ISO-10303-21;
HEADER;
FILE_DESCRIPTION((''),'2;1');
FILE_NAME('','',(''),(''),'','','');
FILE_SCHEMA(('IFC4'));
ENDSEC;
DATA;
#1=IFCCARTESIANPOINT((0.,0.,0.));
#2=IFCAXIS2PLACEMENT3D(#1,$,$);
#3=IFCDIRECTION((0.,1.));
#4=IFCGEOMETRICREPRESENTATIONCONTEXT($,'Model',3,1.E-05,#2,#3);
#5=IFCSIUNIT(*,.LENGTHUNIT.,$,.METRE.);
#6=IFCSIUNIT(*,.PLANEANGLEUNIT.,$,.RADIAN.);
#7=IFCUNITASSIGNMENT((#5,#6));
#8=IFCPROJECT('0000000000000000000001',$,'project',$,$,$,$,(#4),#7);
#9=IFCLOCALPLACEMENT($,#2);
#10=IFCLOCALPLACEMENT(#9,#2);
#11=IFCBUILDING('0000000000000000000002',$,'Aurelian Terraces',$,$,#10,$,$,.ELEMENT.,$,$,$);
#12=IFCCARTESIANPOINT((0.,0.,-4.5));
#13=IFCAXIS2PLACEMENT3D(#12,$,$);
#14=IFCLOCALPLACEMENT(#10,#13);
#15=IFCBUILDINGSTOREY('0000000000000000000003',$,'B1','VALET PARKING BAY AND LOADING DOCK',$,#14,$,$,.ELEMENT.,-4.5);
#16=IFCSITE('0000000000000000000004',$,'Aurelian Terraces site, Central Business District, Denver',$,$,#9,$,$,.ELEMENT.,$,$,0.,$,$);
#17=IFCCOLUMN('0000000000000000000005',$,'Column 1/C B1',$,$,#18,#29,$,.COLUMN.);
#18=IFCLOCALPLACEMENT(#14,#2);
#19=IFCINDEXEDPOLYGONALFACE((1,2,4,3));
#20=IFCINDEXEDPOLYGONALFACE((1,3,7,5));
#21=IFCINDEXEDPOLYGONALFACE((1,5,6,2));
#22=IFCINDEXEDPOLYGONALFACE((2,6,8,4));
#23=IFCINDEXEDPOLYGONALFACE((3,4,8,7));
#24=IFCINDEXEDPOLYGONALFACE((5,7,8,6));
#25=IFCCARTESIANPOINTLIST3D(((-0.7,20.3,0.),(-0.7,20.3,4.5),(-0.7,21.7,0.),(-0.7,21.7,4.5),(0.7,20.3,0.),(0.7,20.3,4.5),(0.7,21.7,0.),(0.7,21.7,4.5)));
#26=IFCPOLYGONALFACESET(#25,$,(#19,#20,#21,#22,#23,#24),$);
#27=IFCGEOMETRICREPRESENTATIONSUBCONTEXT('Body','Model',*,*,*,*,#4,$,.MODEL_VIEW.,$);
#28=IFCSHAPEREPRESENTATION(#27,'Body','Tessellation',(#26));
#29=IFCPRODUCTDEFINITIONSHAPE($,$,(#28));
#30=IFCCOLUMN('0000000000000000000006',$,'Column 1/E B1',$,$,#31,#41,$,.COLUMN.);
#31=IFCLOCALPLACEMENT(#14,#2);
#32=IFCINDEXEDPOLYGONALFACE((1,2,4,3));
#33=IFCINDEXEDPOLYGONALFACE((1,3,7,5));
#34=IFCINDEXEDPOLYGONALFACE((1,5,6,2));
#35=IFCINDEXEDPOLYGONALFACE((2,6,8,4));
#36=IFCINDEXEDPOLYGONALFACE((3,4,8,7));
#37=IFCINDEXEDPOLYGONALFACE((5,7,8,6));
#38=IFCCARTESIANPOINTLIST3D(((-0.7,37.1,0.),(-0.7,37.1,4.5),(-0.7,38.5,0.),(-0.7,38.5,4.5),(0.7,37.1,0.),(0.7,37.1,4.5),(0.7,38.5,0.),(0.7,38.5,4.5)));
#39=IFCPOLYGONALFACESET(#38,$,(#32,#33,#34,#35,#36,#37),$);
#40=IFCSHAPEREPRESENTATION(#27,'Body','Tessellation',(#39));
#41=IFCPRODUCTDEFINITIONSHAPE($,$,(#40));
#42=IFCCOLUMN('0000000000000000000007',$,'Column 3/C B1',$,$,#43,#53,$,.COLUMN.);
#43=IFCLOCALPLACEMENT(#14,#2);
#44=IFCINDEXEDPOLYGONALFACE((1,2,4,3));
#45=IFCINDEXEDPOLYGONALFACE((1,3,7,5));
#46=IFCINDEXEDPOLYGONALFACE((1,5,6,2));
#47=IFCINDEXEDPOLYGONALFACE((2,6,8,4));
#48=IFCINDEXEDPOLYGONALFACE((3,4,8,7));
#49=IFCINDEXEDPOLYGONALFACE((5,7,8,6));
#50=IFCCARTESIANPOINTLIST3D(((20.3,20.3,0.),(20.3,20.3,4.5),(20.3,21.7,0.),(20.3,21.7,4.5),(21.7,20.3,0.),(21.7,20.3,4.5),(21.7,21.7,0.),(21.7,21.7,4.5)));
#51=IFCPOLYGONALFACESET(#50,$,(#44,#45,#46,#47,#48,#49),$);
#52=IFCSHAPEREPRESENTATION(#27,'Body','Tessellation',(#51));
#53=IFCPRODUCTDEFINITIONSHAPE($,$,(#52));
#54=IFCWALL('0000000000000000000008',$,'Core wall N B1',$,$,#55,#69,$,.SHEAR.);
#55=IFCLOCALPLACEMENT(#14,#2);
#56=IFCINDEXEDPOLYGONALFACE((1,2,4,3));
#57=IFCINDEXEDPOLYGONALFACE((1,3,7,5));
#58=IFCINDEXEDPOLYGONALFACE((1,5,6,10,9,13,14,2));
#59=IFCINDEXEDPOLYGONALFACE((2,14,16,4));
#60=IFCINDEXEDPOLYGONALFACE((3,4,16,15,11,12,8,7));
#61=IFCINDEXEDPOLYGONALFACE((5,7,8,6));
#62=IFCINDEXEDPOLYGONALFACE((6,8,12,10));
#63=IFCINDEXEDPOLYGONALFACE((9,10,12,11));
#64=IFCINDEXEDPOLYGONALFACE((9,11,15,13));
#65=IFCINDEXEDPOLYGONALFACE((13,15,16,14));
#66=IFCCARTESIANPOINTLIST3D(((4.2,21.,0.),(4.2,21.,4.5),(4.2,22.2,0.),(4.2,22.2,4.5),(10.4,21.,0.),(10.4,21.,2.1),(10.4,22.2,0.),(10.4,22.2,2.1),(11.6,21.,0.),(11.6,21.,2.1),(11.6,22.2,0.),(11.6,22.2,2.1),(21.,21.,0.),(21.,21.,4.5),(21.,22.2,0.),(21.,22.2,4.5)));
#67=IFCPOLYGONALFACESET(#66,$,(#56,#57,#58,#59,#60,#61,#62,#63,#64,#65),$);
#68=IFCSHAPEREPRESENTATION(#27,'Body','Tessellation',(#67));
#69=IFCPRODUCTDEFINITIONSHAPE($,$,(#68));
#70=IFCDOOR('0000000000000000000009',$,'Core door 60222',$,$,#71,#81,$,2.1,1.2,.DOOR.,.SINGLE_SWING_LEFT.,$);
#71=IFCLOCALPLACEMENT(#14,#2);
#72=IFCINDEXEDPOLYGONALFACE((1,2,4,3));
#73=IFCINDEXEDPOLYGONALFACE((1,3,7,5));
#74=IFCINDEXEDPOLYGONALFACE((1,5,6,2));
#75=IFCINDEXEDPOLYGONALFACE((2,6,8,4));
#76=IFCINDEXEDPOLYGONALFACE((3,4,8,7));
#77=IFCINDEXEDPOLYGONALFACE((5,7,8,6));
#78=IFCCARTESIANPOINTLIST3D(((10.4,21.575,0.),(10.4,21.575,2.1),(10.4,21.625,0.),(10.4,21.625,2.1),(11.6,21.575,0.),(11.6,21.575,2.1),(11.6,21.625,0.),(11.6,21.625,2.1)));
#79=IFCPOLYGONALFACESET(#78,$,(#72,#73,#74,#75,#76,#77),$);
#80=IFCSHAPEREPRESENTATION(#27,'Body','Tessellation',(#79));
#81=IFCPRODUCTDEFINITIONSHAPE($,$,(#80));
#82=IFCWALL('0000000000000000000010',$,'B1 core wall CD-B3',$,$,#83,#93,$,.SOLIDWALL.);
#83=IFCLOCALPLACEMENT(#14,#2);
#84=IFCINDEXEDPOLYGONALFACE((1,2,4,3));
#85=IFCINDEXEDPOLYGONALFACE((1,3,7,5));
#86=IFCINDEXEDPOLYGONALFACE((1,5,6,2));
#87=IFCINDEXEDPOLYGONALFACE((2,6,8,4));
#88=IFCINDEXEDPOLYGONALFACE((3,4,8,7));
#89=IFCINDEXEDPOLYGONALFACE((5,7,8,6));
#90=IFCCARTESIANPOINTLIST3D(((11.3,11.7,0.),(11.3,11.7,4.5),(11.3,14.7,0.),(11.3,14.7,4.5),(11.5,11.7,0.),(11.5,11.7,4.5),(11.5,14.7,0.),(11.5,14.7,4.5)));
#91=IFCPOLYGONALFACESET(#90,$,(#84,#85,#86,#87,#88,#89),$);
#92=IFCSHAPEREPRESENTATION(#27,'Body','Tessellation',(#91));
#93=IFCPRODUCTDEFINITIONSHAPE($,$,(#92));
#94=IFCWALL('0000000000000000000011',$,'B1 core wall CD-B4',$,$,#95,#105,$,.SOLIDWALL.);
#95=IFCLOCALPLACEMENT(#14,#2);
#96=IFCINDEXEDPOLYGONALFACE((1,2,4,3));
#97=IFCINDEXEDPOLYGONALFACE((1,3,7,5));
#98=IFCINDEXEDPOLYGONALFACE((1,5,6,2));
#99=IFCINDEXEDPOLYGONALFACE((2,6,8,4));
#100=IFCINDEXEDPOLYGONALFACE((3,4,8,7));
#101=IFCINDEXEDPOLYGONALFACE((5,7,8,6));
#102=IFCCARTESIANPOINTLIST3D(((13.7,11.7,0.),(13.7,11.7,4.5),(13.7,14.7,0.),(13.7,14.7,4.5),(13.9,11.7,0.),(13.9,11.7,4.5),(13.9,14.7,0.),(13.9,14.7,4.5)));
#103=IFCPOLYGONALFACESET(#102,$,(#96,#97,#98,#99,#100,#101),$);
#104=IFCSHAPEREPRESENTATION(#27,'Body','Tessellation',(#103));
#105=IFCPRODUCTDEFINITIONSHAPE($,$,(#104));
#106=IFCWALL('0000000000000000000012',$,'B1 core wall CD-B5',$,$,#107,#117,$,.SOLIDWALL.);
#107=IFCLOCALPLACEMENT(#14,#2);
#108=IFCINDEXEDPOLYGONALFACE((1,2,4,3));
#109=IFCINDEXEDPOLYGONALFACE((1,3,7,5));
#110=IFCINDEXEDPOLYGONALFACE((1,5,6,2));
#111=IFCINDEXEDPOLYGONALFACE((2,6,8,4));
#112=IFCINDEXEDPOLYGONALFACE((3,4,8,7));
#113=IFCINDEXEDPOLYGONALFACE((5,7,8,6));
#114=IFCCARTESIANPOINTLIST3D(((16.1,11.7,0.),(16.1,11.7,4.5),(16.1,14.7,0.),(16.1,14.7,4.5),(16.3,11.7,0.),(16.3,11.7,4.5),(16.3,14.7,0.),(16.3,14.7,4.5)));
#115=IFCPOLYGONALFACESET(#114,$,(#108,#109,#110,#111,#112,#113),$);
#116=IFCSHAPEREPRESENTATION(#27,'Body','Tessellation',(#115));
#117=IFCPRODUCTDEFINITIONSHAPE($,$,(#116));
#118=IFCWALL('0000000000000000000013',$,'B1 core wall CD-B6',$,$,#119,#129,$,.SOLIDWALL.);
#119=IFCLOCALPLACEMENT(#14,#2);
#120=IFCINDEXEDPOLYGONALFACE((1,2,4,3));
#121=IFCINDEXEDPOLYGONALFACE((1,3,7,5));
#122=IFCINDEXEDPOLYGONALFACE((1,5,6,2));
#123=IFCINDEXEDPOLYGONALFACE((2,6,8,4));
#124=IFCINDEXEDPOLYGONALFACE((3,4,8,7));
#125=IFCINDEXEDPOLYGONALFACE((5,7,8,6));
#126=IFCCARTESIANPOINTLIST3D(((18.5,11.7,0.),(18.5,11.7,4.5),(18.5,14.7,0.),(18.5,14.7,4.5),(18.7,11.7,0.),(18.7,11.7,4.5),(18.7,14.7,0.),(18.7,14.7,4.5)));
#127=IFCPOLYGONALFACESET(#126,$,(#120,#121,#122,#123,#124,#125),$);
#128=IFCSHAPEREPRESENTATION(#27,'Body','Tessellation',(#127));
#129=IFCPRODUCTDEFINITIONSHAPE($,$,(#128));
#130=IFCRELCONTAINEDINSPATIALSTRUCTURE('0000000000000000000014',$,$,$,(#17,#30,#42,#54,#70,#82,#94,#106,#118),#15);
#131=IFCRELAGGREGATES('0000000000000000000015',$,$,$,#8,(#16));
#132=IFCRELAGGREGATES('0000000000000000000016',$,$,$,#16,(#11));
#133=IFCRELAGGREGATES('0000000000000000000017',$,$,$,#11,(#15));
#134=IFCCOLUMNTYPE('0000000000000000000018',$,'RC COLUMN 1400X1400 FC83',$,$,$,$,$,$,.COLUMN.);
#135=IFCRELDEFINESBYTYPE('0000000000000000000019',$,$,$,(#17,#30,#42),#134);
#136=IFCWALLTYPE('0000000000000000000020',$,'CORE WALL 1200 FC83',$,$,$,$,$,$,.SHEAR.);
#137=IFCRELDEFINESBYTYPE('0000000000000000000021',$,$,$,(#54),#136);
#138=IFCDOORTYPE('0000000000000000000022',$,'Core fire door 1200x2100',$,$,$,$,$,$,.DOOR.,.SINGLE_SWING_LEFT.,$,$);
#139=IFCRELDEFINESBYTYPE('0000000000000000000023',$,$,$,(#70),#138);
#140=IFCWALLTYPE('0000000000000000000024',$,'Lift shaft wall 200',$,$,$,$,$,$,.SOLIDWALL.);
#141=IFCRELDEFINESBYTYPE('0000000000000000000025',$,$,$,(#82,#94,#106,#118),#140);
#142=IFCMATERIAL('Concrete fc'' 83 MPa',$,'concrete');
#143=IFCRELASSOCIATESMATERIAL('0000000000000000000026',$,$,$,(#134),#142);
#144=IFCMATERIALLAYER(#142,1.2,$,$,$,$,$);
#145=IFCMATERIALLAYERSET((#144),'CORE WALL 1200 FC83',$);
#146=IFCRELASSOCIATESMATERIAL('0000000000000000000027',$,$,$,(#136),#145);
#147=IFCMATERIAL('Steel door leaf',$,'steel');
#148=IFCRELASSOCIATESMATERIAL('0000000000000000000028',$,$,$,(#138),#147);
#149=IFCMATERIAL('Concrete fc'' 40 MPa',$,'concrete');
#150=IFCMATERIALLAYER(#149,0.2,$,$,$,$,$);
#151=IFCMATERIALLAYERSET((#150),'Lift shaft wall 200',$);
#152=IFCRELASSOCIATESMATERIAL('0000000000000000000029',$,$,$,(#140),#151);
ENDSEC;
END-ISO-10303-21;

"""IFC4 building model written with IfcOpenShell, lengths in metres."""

from ifc_helpers import new_model, si_unit, direction, frame, frame_2d, origin, origin_2d, place, context, subcontext, project, spatial, rectangle, extrude, source, transform, mapped, material, layer, layer_set, material_profile, profile_set, type_object, element, fill, save


model = new_model("IFC4")

# Units and contexts
model_context = context("Model", 3, precision=1e-05, world=origin(), true_north=direction((0.0, 1.0)))
body_context = subcontext(model_context, "Body", "Model", "MODEL_VIEW")
ifc_project = project(units=[si_unit("LENGTHUNIT", "METRE"), si_unit("PLANEANGLEUNIT", "RADIAN")], contexts=[model_context])

# Site, building, storey
site_placement = place(None, origin())
site = spatial("IfcSite", under=ifc_project, at=site_placement, Name="Aurelian Terraces site, Central Business District, Denver", CompositionType="ELEMENT", RefElevation=0.0)
building_placement = place(site_placement, origin())
building = spatial("IfcBuilding", under=site, at=building_placement, Name="Aurelian Terraces", CompositionType="ELEMENT")
storey_placement = place(building_placement, frame((0.0, 0.0, -4.5)))
storey = spatial("IfcBuildingStorey", under=building, at=storey_placement, Name="B1", Description="VALET PARKING BAY AND LOADING DOCK", CompositionType="ELEMENT", Elevation=-4.5)

# Columns
ifc_material_1 = material(Name="Concrete fc' 83 MPa", Category="concrete")
ifc_material_profile = material_profile(ifc_material_1, rectangle(XDim=1.4, YDim=1.4, at=origin_2d()))
ifc_profile_set = profile_set([ifc_material_profile], Name="Concrete fc' 83 MPa")
column_type = type_object("IfcColumnType", Name="RC COLUMN 1400X1400 FC83", PredefinedType="COLUMN", material=ifc_profile_set)
shared_shape_1 = source(origin(), body_context, "Body", "SweptSolid", [
    extrude(rectangle(XDim=1.4, YDim=1.4, at=origin_2d()), origin(), (0.0, 0.0, 1.0), 4.5),
])
for number, where, z_axis, x_axis, name in (
    (1, (0.0, 21.0, 0.0), (0.0, 0.0, 1.0), (1.0, 0.0, 0.0), "Column 1/C B1"),
    (2, (0.0, 37.8, 0.0), (0.0, 0.0, 1.0), (1.0, 0.0, 0.0), "Column 1/E B1"),
    (3, (21.0, 21.0, 0.0), (0.0, 0.0, 1.0), (1.0, 0.0, 0.0), "Column 3/C B1"),
):
    element("IfcColumn", number, at=place(storey_placement, frame(where, z_axis=z_axis, x_axis=x_axis)), inside=storey, type_object=column_type, Name=name, PredefinedType="COLUMN", context=body_context, shape_type="MappedRepresentation", body=[
        mapped(shared_shape_1, transform((0.0, 0.0, 0.0), scale=1.0)),
    ])

# Wall, opening, door
ifc_layer_1 = layer(ifc_material_1, 1.2)
ifc_layer_set_1 = layer_set([ifc_layer_1], Name="CORE WALL 1200 FC83")
wall_type_1 = type_object("IfcWallType", Name="CORE WALL 1200 FC83", PredefinedType="SHEAR", material=ifc_layer_set_1)
shared_shape_2 = source(origin(), body_context, "Body", "SweptSolid", [
    extrude(rectangle(XDim=16.8, YDim=1.2, at=frame_2d((8.4, 0.0))), origin(), (0.0, 0.0, 1.0), 4.5),
])
wall_1_placement = place(storey_placement, frame((4.2, 21.6, 0.0), z_axis=(0.0, 0.0, 1.0), x_axis=(1.0, 0.0, 0.0)))
wall_1 = element("IfcWall", 4, at=wall_1_placement, inside=storey, type_object=wall_type_1, Name="Core wall N B1", PredefinedType="SHEAR", context=body_context, shape_type="MappedRepresentation", body=[
    mapped(shared_shape_2, transform((0.0, 0.0, 0.0), scale=1.0)),
])
shared_shape_3 = source(origin(), body_context, "Body", "SweptSolid", [
    extrude(rectangle(XDim=1.2, YDim=2.1, at=frame_2d((0.6, 1.05))), frame((0.0, 0.61, 0.0), z_axis=(0.0, -1.0, 0.0), x_axis=(1.0, 0.0, 0.0)), (0.0, 0.0, 1.0), 1.22),
])
opening_1_placement = place(wall_1_placement, frame((6.2, 0.0, 0.0)))
opening_1 = element("IfcOpeningElement", 5, at=opening_1_placement, cuts=wall_1, PredefinedType="OPENING", context=body_context, shape_type="MappedRepresentation", body=[
    mapped(shared_shape_3, transform((0.0, 0.0, 0.0), scale=1.0)),
])
ifc_material_2 = material(Name="Steel door leaf", Category="steel")
door_type_1 = type_object("IfcDoorType", Name="Core fire door 1200x2100", OperationType="SINGLE_SWING_LEFT", PredefinedType="DOOR", material=ifc_material_2)
shared_shape_4 = source(origin(), body_context, "Body", "SweptSolid", [
    extrude(rectangle(XDim=1.2, YDim=2.1, at=frame_2d((0.6, 1.05))), frame((0.0, 0.025, 0.0), z_axis=(0.0, -1.0, 0.0), x_axis=(1.0, 0.0, 0.0)), (0.0, 0.0, 1.0), 0.05),
])
door_1_placement = place(opening_1_placement, origin())
door_1 = element("IfcDoor", 6, at=door_1_placement, inside=storey, type_object=door_type_1, Name="Core door 60222", OperationType="SINGLE_SWING_LEFT", OverallHeight=2.1, OverallWidth=1.2, PredefinedType="DOOR", context=body_context, shape_type="MappedRepresentation", body=[
    mapped(shared_shape_4, transform((0.0, 0.0, 0.0), scale=1.0)),
])
fill(opening_1, door_1)

# Walls
ifc_material_3 = material(Name="Concrete fc' 40 MPa", Category="concrete")
ifc_layer_2 = layer(ifc_material_3, 0.2)
ifc_layer_set_2 = layer_set([ifc_layer_2], Name="Lift shaft wall 200")
wall_type_2 = type_object("IfcWallType", Name="Lift shaft wall 200", PredefinedType="SOLIDWALL", material=ifc_layer_set_2)
shared_shape_5 = source(origin(), body_context, "Body", "SweptSolid", [
    extrude(rectangle(XDim=3.0, YDim=0.2, at=frame_2d((1.5, 0.0))), origin(), (0.0, 0.0, 1.0), 4.5),
])
for number, where, z_axis, x_axis, name in (
    (7, (11.4, 11.7, 0.0), (0.0, 0.0, 1.0), (0.0, 1.0, 0.0), "B1 core wall CD-B3"),
    (8, (13.8, 11.7, 0.0), (0.0, 0.0, 1.0), (0.0, 1.0, 0.0), "B1 core wall CD-B4"),
    (9, (16.2, 11.7, 0.0), (0.0, 0.0, 1.0), (0.0, 1.0, 0.0), "B1 core wall CD-B5"),
    (10, (18.6, 11.7, 0.0), (0.0, 0.0, 1.0), (0.0, 1.0, 0.0), "B1 core wall CD-B6"),
):
    element("IfcWall", number, at=place(storey_placement, frame(where, z_axis=z_axis, x_axis=x_axis)), inside=storey, type_object=wall_type_2, Name=name, PredefinedType="SOLIDWALL", context=body_context, shape_type="MappedRepresentation", body=[
        mapped(shared_shape_5, transform((0.0, 0.0, 0.0), scale=1.0)),
    ])

save(model, "model.ifc")
